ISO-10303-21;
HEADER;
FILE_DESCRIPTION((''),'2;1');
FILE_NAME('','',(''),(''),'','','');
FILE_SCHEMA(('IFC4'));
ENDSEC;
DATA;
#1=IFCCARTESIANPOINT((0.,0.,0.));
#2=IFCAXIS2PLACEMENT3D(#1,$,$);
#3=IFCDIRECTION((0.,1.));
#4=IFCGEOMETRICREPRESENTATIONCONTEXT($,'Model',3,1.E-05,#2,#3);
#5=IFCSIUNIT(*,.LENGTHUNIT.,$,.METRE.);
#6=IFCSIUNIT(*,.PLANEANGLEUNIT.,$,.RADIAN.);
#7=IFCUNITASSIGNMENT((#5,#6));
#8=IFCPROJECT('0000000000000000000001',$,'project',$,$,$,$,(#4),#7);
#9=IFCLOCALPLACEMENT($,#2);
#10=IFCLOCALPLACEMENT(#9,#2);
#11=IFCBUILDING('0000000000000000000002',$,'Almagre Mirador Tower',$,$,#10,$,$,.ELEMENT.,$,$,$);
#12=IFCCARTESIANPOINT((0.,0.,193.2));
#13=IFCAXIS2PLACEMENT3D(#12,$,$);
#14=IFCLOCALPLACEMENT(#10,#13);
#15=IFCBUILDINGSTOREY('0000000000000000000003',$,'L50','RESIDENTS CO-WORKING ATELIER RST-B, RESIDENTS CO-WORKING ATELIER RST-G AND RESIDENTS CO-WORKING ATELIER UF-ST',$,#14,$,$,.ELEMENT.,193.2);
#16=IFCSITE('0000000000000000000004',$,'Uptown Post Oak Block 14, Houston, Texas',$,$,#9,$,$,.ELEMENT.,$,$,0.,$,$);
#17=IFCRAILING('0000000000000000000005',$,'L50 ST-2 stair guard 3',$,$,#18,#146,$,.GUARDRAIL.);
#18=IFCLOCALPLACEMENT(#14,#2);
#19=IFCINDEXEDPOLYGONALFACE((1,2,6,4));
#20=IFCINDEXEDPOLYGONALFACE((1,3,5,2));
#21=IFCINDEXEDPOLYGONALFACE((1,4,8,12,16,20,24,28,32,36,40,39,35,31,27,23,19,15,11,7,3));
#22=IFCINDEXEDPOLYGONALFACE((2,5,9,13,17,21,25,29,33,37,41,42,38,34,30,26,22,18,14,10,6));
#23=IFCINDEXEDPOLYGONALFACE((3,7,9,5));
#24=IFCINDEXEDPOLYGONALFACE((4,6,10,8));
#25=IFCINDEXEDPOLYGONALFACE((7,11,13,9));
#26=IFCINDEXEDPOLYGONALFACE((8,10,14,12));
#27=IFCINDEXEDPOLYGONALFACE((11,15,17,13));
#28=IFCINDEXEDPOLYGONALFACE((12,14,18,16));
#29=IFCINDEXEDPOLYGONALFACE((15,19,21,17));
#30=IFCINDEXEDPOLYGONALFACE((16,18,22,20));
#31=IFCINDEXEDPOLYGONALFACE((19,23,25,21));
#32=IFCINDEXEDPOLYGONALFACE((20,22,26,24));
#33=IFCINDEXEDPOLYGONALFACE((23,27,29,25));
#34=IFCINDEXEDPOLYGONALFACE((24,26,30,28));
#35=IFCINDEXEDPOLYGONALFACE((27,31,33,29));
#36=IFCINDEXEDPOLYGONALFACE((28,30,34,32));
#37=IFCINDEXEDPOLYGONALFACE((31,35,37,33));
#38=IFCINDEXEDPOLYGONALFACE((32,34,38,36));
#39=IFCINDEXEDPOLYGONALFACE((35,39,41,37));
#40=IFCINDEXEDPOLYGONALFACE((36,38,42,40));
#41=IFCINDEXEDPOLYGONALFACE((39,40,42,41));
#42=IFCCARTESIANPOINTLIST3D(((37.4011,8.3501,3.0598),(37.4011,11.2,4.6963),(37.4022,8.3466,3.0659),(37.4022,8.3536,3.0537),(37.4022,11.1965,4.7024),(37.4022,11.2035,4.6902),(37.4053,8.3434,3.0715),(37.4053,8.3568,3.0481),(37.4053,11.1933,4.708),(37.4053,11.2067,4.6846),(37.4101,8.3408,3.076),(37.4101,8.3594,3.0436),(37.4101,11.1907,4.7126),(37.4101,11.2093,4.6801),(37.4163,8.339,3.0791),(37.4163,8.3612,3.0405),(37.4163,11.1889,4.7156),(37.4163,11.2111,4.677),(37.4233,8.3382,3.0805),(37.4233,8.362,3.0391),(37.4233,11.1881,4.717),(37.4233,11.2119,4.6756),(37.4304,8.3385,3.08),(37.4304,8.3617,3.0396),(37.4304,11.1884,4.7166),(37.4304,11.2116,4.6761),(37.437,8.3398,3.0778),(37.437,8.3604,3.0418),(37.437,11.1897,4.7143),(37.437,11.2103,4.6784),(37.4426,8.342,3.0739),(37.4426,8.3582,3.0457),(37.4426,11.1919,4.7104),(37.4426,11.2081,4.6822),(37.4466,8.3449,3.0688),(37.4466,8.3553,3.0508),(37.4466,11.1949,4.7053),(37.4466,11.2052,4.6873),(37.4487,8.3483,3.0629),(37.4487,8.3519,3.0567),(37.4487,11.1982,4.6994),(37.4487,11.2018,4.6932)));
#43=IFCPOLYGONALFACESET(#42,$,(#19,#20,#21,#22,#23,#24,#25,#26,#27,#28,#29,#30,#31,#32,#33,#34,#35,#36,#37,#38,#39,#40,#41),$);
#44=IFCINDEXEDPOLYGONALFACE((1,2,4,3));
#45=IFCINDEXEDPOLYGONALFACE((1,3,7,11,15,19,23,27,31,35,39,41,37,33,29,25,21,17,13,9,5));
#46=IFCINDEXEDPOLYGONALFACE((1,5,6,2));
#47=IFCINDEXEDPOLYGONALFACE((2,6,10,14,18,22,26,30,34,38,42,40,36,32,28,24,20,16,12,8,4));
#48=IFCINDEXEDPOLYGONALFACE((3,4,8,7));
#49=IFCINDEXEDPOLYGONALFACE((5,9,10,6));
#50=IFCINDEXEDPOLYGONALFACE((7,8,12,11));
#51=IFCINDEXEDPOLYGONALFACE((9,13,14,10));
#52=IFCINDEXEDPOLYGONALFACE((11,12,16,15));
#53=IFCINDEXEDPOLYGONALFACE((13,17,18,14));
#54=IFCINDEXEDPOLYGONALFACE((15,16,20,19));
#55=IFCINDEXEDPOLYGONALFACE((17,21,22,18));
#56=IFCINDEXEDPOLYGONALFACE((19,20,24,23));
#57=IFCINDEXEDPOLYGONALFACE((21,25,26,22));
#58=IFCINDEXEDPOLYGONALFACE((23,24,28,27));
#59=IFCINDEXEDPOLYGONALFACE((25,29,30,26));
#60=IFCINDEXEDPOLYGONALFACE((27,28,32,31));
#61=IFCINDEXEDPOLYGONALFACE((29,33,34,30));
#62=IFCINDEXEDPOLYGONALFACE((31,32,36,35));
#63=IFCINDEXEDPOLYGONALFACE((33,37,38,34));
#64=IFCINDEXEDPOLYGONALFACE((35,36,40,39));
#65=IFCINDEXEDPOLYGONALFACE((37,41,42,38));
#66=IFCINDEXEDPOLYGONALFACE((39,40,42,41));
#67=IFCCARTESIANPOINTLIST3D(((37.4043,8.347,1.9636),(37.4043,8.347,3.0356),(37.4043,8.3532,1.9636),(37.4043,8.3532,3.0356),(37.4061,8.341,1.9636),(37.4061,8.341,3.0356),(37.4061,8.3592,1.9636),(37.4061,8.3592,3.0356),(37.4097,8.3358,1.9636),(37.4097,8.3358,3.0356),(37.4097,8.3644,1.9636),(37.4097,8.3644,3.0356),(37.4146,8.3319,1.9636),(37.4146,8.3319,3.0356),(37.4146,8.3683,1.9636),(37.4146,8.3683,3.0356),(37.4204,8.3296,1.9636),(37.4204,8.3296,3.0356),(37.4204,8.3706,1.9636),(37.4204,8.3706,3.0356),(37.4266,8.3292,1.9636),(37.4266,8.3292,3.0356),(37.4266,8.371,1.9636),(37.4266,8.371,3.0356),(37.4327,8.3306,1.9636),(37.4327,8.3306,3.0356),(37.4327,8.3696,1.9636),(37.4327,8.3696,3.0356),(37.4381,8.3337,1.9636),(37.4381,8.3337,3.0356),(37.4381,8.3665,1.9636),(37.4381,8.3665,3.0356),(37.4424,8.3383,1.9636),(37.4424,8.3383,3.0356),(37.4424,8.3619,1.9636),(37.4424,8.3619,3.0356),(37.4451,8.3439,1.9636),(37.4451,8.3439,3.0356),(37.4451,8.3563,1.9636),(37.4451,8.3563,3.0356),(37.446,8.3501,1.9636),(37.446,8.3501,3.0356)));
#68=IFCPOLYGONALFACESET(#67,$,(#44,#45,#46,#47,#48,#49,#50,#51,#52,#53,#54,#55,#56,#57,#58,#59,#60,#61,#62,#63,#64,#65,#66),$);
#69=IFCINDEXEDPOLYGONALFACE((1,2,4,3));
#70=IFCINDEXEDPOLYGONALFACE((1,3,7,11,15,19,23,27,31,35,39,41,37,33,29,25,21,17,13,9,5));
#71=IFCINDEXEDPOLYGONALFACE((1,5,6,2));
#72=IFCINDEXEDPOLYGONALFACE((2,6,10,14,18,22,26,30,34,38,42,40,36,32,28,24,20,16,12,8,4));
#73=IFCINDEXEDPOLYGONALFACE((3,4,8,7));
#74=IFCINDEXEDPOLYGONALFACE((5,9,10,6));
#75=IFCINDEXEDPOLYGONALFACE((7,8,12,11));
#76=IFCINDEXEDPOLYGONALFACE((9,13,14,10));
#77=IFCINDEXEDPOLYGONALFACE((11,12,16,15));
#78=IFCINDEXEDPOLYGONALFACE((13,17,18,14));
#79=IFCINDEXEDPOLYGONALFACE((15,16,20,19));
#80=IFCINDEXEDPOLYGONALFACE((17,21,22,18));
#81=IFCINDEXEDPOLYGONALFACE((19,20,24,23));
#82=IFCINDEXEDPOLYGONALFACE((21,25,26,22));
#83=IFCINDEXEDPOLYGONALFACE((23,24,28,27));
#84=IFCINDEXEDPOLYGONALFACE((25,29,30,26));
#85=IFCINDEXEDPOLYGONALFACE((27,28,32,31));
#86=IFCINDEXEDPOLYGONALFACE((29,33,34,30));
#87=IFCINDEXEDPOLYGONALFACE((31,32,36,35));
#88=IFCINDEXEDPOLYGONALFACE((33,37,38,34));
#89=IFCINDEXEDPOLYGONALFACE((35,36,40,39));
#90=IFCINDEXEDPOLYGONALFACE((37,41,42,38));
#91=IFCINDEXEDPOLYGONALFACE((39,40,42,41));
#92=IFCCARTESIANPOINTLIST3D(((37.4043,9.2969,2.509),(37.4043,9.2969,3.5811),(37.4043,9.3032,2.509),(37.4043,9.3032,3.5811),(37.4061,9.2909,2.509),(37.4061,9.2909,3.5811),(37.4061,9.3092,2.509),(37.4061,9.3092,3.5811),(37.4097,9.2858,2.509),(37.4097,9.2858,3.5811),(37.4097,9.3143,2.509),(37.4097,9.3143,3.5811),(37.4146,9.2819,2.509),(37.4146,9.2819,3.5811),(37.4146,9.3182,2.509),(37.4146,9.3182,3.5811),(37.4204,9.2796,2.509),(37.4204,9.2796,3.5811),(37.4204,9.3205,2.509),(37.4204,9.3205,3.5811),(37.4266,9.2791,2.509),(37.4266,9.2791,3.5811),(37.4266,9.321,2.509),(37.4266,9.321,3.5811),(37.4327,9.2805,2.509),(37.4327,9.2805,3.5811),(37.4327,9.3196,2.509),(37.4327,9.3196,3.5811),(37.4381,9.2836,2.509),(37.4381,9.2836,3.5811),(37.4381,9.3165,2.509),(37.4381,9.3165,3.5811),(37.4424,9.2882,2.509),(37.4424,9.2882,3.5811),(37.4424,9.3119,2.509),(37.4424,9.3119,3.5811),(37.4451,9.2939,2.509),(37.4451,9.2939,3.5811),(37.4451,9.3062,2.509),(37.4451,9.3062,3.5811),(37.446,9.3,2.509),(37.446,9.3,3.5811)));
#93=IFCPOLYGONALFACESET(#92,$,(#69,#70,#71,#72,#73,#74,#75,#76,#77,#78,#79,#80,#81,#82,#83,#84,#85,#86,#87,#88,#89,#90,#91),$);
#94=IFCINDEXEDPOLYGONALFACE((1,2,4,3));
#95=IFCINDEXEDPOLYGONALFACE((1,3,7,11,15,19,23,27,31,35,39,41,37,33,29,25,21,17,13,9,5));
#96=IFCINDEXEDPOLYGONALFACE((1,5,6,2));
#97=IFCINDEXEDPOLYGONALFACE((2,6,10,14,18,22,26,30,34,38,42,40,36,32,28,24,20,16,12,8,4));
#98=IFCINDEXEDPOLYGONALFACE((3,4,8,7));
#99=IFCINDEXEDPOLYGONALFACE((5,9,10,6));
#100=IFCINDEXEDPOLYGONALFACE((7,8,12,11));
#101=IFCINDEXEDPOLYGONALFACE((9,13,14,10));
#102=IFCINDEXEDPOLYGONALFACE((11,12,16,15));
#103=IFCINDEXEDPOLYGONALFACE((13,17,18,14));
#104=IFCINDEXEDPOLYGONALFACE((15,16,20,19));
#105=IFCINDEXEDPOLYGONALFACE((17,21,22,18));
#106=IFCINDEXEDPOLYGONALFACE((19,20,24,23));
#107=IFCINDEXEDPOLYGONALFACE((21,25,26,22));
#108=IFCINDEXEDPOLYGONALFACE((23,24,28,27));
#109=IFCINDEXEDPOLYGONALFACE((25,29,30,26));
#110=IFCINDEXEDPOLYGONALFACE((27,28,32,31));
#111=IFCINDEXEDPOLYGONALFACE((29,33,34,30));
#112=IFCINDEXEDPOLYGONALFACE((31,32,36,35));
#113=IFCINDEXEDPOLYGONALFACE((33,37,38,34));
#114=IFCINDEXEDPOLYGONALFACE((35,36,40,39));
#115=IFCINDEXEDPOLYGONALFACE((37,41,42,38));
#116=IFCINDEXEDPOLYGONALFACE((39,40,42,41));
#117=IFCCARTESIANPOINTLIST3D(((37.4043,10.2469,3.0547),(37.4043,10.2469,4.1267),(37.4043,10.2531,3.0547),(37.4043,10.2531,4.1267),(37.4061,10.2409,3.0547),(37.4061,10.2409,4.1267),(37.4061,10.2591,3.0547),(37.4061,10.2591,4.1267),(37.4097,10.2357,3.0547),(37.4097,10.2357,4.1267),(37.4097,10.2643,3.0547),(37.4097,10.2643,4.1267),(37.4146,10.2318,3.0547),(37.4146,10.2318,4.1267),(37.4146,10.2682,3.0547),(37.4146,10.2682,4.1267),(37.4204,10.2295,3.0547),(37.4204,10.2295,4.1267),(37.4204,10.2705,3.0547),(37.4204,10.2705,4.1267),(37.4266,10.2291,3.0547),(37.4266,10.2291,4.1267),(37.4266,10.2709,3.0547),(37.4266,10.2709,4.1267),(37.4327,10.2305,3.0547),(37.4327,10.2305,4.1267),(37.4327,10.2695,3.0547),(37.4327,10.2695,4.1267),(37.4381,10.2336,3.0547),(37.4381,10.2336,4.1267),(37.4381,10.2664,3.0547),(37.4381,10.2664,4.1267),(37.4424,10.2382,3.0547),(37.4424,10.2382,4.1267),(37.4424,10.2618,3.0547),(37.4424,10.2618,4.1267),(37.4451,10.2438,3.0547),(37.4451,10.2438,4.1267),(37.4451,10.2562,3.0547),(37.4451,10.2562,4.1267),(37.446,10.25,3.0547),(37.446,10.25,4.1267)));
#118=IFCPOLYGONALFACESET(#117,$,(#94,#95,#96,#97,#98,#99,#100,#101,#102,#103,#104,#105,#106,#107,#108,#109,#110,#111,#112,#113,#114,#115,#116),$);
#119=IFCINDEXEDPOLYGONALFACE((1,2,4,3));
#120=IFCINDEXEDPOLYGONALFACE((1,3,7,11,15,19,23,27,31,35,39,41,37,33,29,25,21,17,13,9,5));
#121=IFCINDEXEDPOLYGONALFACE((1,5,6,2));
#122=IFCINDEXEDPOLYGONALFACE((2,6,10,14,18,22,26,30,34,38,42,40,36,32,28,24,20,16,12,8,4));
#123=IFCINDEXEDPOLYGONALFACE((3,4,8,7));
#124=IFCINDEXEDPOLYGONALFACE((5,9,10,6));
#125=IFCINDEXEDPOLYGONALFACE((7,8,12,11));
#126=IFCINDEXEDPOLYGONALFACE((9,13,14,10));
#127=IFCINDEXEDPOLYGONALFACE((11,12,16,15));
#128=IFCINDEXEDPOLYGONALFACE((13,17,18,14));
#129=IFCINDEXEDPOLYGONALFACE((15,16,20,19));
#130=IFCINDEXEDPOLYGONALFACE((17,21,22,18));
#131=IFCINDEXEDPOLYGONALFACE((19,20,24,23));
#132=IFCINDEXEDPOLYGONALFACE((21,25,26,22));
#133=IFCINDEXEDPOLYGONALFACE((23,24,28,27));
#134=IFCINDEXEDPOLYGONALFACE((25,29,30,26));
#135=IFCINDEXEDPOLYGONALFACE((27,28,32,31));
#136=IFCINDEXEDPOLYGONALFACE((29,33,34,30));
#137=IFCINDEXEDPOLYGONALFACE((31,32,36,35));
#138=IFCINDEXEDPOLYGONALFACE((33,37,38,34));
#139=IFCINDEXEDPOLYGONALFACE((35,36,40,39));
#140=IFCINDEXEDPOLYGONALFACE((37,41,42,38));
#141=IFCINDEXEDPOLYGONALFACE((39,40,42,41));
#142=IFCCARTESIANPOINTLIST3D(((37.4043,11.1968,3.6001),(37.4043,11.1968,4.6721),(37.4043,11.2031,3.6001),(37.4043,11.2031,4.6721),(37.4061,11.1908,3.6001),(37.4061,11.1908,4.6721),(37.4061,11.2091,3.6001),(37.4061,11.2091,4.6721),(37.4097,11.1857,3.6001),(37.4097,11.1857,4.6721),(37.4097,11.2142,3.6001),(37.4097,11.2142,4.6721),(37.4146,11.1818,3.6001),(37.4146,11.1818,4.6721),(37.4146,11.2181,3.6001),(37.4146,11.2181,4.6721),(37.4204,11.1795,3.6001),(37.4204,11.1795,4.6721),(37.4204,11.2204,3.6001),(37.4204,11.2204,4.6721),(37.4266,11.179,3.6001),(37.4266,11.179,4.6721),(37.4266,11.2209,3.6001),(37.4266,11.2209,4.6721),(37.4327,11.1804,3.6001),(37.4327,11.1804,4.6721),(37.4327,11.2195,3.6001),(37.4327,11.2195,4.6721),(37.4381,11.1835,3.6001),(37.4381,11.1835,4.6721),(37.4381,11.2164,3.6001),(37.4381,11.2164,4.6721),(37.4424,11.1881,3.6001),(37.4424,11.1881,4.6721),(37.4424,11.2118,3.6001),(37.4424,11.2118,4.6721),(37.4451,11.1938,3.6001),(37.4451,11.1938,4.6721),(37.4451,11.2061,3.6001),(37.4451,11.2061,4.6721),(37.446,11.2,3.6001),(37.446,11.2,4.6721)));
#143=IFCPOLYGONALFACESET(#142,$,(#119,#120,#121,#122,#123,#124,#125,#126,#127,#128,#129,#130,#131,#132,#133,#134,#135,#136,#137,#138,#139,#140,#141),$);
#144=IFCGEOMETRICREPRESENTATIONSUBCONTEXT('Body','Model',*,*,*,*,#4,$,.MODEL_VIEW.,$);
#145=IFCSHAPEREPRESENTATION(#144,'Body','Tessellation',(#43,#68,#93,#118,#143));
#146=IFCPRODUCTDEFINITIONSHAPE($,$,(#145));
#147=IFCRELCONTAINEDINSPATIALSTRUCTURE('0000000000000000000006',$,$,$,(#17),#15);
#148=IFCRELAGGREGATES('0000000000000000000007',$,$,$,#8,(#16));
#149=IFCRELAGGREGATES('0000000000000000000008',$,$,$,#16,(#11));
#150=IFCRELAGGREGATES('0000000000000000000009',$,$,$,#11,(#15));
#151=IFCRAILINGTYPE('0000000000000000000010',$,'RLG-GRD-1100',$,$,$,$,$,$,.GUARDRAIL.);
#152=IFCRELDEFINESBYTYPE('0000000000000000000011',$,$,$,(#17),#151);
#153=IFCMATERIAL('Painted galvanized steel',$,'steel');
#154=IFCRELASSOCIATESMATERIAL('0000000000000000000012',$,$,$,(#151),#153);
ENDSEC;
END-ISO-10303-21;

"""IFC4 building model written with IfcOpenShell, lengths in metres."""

from ifc_helpers import new_model, si_unit, direction, frame, origin, origin_2d, place, context, subcontext, project, spatial, circle, extrude, material, type_object, element, save


model = new_model("IFC4")

# Units and contexts
model_context = context("Model", 3, precision=1e-05, world=origin(), true_north=direction((0.0, 1.0)))
body_context = subcontext(model_context, "Body", "Model", "MODEL_VIEW")
ifc_project = project(units=[si_unit("LENGTHUNIT", "METRE"), si_unit("PLANEANGLEUNIT", "RADIAN")], contexts=[model_context])

# Site, building, storey
site_placement = place(None, origin())
site = spatial("IfcSite", under=ifc_project, at=site_placement, Name="Uptown Post Oak Block 14, Houston, Texas", CompositionType="ELEMENT", RefElevation=0.0)
building_placement = place(site_placement, origin())
building = spatial("IfcBuilding", under=site, at=building_placement, Name="Almagre Mirador Tower", CompositionType="ELEMENT")
storey_placement = place(building_placement, frame((0.0, 0.0, 193.2)))
storey = spatial("IfcBuildingStorey", under=building, at=storey_placement, Name="L50", Description="RESIDENTS CO-WORKING ATELIER RST-B, RESIDENTS CO-WORKING ATELIER RST-G AND RESIDENTS CO-WORKING ATELIER UF-ST", CompositionType="ELEMENT", Elevation=193.2)

# Railing
ifc_material_1 = material(Name="Painted galvanized steel", Category="steel")
railing_type_1 = type_object("IfcRailingType", Name="RLG-GRD-1100", PredefinedType="GUARDRAIL", material=ifc_material_1)
railing_1_placement = place(storey_placement, frame((37.425, 8.3501, 1.9636)))
element("IfcRailing", 1, at=railing_1_placement, inside=storey, type_object=railing_type_1, Name="L50 ST-2 stair guard 3", PredefinedType="GUARDRAIL", context=body_context, shape_type="SweptSolid", body=[
    extrude(circle(Radius=0.0239, at=origin_2d()), frame((0.0, 0.0, 1.0962), z_axis=(0.0, 0.867194, 0.49797), x_axis=(-1.0, 0.0, 0.0)), (0.0, 0.0, 1.0), 3.2864),
    extrude(circle(Radius=0.021, at=origin_2d()), origin(), (0.0, 0.0, 1.0), 1.072),
    extrude(circle(Radius=0.021, at=origin_2d()), frame((0.0, 0.95, 0.5454)), (0.0, 0.0, 1.0), 1.072),
    extrude(circle(Radius=0.021, at=origin_2d()), frame((0.0, 1.8999, 1.0911)), (0.0, 0.0, 1.0), 1.072),
    extrude(circle(Radius=0.021, at=origin_2d()), frame((0.0, 2.8499, 1.6365)), (0.0, 0.0, 1.0), 1.072),
])

save(model, "model.ifc")
